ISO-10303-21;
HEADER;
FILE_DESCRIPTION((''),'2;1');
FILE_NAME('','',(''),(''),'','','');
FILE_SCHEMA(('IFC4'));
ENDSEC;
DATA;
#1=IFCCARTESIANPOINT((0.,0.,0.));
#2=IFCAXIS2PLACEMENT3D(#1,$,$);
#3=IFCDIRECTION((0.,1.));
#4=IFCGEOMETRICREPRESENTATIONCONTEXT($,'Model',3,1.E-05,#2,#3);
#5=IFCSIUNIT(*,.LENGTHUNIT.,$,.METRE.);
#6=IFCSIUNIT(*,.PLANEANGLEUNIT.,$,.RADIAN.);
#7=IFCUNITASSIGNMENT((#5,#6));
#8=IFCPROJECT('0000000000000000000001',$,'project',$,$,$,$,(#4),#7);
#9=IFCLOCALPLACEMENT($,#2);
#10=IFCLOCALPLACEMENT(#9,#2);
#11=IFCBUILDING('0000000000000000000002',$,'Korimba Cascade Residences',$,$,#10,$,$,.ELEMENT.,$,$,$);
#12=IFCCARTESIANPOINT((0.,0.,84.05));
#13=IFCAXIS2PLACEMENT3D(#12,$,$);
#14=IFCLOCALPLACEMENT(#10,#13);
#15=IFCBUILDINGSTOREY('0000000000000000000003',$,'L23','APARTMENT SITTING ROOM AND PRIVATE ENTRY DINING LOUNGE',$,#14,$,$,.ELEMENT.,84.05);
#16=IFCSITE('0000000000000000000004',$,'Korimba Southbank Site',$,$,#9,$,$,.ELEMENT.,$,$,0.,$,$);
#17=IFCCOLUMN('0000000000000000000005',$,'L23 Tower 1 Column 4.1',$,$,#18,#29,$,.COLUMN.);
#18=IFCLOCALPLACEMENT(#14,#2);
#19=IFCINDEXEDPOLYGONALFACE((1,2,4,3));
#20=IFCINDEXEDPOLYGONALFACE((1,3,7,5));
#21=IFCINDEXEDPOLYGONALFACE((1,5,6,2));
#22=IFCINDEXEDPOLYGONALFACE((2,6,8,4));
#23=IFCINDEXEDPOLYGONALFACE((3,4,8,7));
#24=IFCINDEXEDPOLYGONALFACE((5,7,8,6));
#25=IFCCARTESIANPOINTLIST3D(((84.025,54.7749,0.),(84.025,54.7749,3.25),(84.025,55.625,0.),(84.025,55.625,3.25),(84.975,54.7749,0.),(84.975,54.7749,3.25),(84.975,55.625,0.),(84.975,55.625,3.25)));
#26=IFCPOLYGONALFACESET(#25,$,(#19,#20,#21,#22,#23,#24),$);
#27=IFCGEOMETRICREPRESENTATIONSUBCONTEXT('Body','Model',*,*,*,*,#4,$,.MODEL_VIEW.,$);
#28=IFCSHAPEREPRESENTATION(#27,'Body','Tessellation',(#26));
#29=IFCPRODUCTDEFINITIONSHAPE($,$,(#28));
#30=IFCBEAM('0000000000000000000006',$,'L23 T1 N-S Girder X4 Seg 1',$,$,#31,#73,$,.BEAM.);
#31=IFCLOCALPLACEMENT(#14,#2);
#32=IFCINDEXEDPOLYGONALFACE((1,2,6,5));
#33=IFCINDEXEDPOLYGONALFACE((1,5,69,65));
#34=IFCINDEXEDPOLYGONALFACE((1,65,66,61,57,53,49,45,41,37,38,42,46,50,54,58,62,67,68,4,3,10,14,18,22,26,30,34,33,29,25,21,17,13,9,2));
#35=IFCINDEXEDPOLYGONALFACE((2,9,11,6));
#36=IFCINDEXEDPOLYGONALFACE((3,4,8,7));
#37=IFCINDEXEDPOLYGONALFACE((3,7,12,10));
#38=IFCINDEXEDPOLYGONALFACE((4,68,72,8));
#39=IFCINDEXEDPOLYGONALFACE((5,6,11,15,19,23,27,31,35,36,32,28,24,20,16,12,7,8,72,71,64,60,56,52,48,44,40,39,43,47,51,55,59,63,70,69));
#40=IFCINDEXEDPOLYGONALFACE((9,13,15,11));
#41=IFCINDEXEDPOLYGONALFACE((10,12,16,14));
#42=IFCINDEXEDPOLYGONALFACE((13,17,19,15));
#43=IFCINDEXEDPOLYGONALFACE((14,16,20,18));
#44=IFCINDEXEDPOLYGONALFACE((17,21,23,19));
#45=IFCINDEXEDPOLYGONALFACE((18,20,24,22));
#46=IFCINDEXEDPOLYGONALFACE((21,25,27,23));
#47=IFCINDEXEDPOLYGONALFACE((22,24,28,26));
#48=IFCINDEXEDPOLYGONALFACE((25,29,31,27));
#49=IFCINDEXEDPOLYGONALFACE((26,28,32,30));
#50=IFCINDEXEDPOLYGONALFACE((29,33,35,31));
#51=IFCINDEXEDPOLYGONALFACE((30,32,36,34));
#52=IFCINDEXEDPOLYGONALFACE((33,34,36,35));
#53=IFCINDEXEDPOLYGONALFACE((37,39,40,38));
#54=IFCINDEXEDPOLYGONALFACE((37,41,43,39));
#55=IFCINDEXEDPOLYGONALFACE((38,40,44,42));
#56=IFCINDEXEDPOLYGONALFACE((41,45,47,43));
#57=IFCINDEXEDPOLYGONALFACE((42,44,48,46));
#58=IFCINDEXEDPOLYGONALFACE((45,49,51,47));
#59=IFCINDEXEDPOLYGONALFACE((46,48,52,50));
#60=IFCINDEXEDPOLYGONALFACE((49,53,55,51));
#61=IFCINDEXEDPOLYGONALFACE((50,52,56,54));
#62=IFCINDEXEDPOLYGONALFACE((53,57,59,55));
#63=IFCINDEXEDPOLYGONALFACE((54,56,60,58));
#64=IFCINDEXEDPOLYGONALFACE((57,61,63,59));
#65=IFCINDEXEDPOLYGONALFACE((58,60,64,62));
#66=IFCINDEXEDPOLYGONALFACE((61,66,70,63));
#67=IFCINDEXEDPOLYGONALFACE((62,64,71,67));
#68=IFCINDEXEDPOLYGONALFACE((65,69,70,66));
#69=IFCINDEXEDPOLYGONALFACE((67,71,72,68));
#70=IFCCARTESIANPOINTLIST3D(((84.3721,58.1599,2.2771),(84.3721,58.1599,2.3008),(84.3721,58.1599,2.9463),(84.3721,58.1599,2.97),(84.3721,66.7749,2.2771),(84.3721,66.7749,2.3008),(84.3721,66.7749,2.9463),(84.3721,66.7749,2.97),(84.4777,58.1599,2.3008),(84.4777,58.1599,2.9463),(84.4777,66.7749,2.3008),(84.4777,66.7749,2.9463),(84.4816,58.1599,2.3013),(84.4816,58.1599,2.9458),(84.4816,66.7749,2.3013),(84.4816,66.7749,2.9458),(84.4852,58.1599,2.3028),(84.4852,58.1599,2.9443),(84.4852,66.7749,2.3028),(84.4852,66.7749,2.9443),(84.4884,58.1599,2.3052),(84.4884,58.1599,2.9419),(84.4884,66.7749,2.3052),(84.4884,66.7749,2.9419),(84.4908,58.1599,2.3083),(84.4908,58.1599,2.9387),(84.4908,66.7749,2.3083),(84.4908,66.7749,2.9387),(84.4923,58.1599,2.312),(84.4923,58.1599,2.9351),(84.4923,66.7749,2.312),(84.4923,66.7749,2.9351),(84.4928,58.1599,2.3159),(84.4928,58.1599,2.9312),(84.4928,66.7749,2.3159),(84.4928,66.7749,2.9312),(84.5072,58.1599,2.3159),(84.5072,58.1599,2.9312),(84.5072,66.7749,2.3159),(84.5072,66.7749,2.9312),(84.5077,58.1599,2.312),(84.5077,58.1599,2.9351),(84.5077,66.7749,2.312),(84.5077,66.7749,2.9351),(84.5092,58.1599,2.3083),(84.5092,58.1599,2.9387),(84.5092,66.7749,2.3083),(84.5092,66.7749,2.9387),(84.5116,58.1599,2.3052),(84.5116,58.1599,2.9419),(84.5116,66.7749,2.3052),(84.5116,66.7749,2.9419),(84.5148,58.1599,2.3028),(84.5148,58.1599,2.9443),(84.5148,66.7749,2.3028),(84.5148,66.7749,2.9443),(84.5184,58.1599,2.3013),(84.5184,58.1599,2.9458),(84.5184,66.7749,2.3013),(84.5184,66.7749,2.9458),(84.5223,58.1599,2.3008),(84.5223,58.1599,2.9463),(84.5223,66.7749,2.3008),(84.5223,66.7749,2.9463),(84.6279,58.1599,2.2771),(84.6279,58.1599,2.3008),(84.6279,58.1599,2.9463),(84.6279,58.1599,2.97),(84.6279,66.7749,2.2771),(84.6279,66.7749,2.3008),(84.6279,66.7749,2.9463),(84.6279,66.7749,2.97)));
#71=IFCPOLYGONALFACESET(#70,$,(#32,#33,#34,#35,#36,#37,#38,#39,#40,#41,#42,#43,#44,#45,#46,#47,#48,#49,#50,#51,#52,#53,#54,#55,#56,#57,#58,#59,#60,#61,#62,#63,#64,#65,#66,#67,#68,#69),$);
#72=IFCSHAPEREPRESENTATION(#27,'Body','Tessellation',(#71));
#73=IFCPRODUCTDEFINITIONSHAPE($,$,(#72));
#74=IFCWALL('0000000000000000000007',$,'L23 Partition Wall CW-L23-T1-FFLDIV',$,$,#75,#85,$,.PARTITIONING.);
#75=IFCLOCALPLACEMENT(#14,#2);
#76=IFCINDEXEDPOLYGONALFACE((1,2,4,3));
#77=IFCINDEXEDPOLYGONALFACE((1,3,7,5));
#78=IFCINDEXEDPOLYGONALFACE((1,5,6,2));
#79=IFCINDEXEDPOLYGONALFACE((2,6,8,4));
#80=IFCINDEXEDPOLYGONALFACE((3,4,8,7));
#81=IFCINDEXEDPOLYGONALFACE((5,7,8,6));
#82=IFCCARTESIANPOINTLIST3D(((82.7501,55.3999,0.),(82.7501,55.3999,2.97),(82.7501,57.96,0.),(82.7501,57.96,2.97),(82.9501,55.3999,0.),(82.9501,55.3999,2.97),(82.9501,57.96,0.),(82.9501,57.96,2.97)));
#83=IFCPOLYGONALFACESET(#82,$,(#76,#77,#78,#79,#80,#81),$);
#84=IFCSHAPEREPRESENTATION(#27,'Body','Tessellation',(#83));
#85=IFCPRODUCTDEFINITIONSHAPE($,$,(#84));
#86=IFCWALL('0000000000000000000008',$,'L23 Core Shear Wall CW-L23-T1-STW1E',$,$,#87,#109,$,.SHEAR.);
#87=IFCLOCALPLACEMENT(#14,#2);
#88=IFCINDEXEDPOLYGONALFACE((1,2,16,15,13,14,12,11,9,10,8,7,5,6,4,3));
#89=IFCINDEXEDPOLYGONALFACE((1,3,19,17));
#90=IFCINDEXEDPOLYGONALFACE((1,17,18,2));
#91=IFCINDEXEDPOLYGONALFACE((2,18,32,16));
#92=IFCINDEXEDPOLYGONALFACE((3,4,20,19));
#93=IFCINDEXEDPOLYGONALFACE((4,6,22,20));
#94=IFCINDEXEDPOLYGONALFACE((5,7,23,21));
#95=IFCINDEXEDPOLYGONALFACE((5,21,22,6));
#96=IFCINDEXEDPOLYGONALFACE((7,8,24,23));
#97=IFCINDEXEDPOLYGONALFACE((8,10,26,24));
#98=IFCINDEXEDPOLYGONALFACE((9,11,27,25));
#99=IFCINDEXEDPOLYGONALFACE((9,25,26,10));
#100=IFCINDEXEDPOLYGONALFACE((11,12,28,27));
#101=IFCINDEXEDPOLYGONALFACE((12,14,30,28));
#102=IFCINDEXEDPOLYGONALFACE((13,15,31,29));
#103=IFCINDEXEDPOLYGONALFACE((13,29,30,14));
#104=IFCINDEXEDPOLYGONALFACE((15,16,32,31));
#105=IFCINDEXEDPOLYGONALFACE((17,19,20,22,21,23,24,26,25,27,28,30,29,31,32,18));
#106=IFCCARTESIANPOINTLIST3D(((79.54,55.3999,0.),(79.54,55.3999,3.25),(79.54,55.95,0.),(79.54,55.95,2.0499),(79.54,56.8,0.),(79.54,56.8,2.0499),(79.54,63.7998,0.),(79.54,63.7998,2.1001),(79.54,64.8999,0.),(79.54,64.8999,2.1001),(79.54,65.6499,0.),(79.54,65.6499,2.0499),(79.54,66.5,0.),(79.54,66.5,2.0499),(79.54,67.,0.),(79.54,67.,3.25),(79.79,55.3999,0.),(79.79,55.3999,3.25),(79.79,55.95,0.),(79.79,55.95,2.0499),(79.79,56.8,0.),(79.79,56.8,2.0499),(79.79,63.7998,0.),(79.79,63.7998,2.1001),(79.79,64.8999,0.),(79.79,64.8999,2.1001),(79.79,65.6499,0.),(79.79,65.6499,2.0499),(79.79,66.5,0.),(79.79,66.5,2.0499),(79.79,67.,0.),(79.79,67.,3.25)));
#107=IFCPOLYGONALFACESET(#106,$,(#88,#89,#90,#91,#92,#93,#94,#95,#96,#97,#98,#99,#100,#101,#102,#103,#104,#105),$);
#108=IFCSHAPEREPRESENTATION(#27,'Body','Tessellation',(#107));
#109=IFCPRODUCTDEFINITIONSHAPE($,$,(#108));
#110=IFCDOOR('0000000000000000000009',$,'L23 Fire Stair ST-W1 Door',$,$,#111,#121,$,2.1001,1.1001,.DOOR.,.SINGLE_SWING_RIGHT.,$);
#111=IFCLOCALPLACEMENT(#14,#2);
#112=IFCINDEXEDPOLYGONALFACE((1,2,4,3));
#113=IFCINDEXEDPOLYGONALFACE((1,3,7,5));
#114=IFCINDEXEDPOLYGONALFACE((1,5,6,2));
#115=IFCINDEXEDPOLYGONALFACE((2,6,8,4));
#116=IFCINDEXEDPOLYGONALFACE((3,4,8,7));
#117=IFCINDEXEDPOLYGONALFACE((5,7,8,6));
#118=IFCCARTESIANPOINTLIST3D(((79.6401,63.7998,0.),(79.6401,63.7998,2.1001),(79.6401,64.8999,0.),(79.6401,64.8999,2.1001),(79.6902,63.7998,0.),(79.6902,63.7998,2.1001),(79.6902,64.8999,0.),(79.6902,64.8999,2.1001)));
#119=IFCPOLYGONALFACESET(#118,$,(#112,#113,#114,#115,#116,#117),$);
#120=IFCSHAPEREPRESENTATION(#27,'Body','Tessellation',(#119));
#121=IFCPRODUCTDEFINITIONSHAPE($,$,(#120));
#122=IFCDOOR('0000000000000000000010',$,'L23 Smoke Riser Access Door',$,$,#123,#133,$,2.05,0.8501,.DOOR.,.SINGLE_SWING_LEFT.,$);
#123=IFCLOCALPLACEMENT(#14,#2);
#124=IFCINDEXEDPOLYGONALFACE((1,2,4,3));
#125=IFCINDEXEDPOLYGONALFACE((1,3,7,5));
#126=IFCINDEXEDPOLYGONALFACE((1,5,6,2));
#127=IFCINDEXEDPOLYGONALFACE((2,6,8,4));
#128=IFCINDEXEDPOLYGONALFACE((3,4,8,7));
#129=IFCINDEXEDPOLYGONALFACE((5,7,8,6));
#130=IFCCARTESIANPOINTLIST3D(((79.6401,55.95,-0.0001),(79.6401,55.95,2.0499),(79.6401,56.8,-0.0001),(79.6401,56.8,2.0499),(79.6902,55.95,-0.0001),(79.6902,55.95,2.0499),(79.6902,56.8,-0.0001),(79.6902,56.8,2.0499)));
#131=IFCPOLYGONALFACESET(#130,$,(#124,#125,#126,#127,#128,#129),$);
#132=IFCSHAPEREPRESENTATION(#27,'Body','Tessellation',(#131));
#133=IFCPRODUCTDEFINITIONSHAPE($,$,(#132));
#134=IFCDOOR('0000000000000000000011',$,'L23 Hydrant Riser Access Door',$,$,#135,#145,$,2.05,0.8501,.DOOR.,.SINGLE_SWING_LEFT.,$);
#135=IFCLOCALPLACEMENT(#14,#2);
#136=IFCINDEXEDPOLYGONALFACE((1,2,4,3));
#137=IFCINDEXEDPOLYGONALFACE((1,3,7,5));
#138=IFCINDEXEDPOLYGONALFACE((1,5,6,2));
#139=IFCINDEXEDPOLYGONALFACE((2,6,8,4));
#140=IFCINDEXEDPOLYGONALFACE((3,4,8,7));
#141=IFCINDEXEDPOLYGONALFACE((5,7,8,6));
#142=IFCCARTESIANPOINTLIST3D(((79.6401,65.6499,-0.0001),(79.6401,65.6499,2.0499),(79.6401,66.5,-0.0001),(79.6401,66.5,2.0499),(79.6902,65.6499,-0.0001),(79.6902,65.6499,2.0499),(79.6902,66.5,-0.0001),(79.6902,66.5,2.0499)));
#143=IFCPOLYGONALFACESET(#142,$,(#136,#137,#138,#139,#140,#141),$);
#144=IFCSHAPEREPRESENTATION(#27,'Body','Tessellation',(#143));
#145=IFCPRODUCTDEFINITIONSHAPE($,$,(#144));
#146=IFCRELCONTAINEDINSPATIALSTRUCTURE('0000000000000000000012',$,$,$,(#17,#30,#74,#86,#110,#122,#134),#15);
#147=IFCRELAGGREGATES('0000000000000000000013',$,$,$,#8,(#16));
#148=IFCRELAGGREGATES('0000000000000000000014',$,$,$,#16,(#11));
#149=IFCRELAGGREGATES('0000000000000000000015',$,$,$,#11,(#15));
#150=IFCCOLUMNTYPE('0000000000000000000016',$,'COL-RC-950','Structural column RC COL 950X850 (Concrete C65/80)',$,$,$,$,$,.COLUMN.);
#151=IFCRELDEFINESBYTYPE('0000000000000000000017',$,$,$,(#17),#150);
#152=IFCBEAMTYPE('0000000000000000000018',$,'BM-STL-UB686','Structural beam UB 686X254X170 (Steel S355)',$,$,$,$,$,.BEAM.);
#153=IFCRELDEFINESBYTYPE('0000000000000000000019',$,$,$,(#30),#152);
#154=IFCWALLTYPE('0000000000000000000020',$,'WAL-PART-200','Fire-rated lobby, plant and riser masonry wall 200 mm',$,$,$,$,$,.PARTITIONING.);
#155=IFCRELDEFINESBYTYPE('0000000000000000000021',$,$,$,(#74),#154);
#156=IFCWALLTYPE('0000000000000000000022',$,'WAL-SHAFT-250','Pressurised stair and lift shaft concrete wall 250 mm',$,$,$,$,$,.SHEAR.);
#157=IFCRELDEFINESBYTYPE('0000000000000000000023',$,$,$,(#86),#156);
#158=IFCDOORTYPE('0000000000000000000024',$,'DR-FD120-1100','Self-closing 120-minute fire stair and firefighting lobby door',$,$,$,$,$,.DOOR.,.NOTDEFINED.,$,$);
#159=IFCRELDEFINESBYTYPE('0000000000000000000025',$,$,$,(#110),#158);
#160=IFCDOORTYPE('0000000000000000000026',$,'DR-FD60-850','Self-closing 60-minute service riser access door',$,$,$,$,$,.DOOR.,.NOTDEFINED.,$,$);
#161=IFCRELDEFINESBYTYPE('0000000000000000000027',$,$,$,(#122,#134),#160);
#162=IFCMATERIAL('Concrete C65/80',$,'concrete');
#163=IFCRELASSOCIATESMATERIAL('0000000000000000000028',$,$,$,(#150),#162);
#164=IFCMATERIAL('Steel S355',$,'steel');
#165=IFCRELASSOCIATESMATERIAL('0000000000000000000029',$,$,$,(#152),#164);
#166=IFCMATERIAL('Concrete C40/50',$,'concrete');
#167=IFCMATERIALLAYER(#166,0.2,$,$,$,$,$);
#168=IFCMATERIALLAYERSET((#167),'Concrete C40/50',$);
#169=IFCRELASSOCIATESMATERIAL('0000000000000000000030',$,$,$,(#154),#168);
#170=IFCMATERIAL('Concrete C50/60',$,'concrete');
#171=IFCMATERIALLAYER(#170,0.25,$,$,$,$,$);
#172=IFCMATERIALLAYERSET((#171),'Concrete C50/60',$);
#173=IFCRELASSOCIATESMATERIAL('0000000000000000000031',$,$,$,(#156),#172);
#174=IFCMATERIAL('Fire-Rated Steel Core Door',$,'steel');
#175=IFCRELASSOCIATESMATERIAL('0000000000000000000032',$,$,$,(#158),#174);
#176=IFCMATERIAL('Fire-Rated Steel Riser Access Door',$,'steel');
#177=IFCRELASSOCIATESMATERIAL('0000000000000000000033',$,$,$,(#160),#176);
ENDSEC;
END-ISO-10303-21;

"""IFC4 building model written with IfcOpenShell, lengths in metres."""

from ifc_helpers import new_model, si_unit, direction, frame, frame_2d, origin, origin_2d, place, context, subcontext, project, spatial, rectangle, i_section, extrude, material, layer, layer_set, material_profile, profile_set, type_object, element, fill, save


model = new_model("IFC4")

# Units and contexts
model_context = context("Model", 3, precision=1e-05, world=origin(), true_north=direction((0.0, 1.0)))
body_context = subcontext(model_context, "Body", "Model", "MODEL_VIEW")
ifc_project = project(units=[si_unit("LENGTHUNIT", "METRE"), si_unit("PLANEANGLEUNIT", "RADIAN")], contexts=[model_context])

# Site, building, storey
site_placement = place(None, origin())
site = spatial("IfcSite", under=ifc_project, at=site_placement, Name="Korimba Southbank Site", CompositionType="ELEMENT", RefElevation=0.0)
building_placement = place(site_placement, origin())
building = spatial("IfcBuilding", under=site, at=building_placement, Name="Korimba Cascade Residences", CompositionType="ELEMENT")
storey_placement = place(building_placement, frame((0.0, 0.0, 84.05)))
storey = spatial("IfcBuildingStorey", under=building, at=storey_placement, Name="L23", Description="APARTMENT SITTING ROOM AND PRIVATE ENTRY DINING LOUNGE", CompositionType="ELEMENT", Elevation=84.05)

# Column
ifc_material_1 = material(Name="Concrete C65/80", Category="concrete")
ifc_material_profile_1 = material_profile(ifc_material_1, rectangle(XDim=0.95, YDim=0.8501, at=origin_2d()), Name="Concrete C65/80")
ifc_profile_set_1 = profile_set([ifc_material_profile_1], Name="Concrete C65/80")
column_type = type_object("IfcColumnType", Name="COL-RC-950", Description="Structural column RC COL 950X850 (Concrete C65/80)", PredefinedType="COLUMN", material=ifc_profile_set_1)
column_placement = place(storey_placement, frame((84.5, 55.2, 0.0), z_axis=(0.0, 0.0, 1.0), x_axis=(1.0, 0.0, 0.0)))
element("IfcColumn", 1, at=column_placement, inside=storey, type_object=column_type, Name="L23 Tower 1 Column 4.1", PredefinedType="COLUMN", context=body_context, shape_type="SweptSolid", body=[
    extrude(rectangle(XDim=0.95, YDim=0.8501, at=origin_2d()), origin(), (0.0, 0.0, 1.0), 3.25),
])

# Beam
ifc_material_2 = material(Name="Steel S355", Category="steel")
ifc_material_profile_2 = material_profile(ifc_material_2, i_section(OverallWidth=0.2559, OverallDepth=0.6929, WebThickness=0.0144, FlangeThickness=0.0237, FilletRadius=0.0151, at=origin_2d()), Name="Steel S355")
ifc_profile_set_2 = profile_set([ifc_material_profile_2], Name="Steel S355")
beam_type = type_object("IfcBeamType", Name="BM-STL-UB686", Description="Structural beam UB 686X254X170 (Steel S355)", PredefinedType="BEAM", material=ifc_profile_set_2)
beam_placement = place(storey_placement, frame((84.5, 58.1599, 2.6235), z_axis=(0.0, 1.0, 0.0), x_axis=(-1.0, 0.0, 0.0)))
element("IfcBeam", 2, at=beam_placement, inside=storey, type_object=beam_type, Name="L23 T1 N-S Girder X4 Seg 1", PredefinedType="BEAM", context=body_context, shape_type="SweptSolid", body=[
    extrude(i_section(OverallWidth=0.2559, OverallDepth=0.6929, WebThickness=0.0144, FlangeThickness=0.0237, FilletRadius=0.0151, at=origin_2d()), origin(), (0.0, 0.0, 1.0), 8.615),
])

# Wall
ifc_material_3 = material(Name="Concrete C40/50", Category="concrete")
ifc_layer_1 = layer(ifc_material_3, 0.2)
ifc_layer_set_1 = layer_set([ifc_layer_1], Name="Concrete C40/50")
wall_type_1 = type_object("IfcWallType", Name="WAL-PART-200", Description="Fire-rated lobby, plant and riser masonry wall 200 mm", PredefinedType="PARTITIONING", material=ifc_layer_set_1)
wall_1_placement = place(storey_placement, frame((82.8501, 55.3999, 0.0), z_axis=(0.0, 0.0, 1.0), x_axis=(0.0, 1.0, 0.0)))
element("IfcWall", 3, at=wall_1_placement, inside=storey, type_object=wall_type_1, Name="L23 Partition Wall CW-L23-T1-FFLDIV", PredefinedType="PARTITIONING", context=body_context, shape_type="SweptSolid", body=[
    extrude(rectangle(XDim=2.5601, YDim=0.2, at=frame_2d((1.28, 0.0))), origin(), (0.0, 0.0, 1.0), 2.97),
])

# Wall, openings, doors
ifc_material_4 = material(Name="Concrete C50/60", Category="concrete")
ifc_layer_2 = layer(ifc_material_4, 0.25)
ifc_layer_set_2 = layer_set([ifc_layer_2], Name="Concrete C50/60")
wall_type_2 = type_object("IfcWallType", Name="WAL-SHAFT-250", Description="Pressurised stair and lift shaft concrete wall 250 mm", PredefinedType="SHEAR", material=ifc_layer_set_2)
wall_2_placement = place(storey_placement, frame((79.665, 55.3999, 0.0), z_axis=(0.0, 0.0, 1.0), x_axis=(0.0, 1.0, 0.0)))
wall_2 = element("IfcWall", 4, at=wall_2_placement, inside=storey, type_object=wall_type_2, Name="L23 Core Shear Wall CW-L23-T1-STW1E", PredefinedType="SHEAR", context=body_context, shape_type="SweptSolid", body=[
    extrude(rectangle(XDim=11.6001, YDim=0.25, at=frame_2d((5.8, 0.0))), origin(), (0.0, 0.0, 1.0), 3.25),
])
opening_1_placement = place(wall_2_placement, frame((0.55, 0.0, 0.0)))
opening_1 = element("IfcOpeningElement", 5, at=opening_1_placement, cuts=wall_2, PredefinedType="OPENING", context=body_context, shape_type="SweptSolid", body=[
    extrude(rectangle(XDim=0.8501, YDim=2.05, at=frame_2d((0.425, 1.0249))), frame((0.0, 0.135, 0.0), z_axis=(0.0, -1.0, 0.0), x_axis=(1.0, 0.0, 0.0)), (0.0, 0.0, 1.0), 0.27),
])
opening_2_placement = place(wall_2_placement, frame((8.3999, 0.0, 0.0)))
opening_2 = element("IfcOpeningElement", 6, at=opening_2_placement, cuts=wall_2, PredefinedType="OPENING", context=body_context, shape_type="SweptSolid", body=[
    extrude(rectangle(XDim=1.1001, YDim=2.1001, at=frame_2d((0.55, 1.05))), frame((0.0, 0.135, 0.0), z_axis=(0.0, -1.0, 0.0), x_axis=(1.0, 0.0, 0.0)), (0.0, 0.0, 1.0), 0.27),
])
opening_3_placement = place(wall_2_placement, frame((10.25, 0.0, 0.0)))
opening_3 = element("IfcOpeningElement", 7, at=opening_3_placement, cuts=wall_2, PredefinedType="OPENING", context=body_context, shape_type="SweptSolid", body=[
    extrude(rectangle(XDim=0.8501, YDim=2.05, at=frame_2d((0.425, 1.0249))), frame((0.0, 0.135, 0.0), z_axis=(0.0, -1.0, 0.0), x_axis=(1.0, 0.0, 0.0)), (0.0, 0.0, 1.0), 0.27),
])
ifc_material_5 = material(Name="Fire-Rated Steel Core Door", Category="steel")
door_type_1 = type_object("IfcDoorType", Name="DR-FD120-1100", Description="Self-closing 120-minute fire stair and firefighting lobby door", OperationType="NOTDEFINED", PredefinedType="DOOR", material=ifc_material_5)
door_1_placement = place(opening_2_placement, origin())
door_1 = element("IfcDoor", 8, at=door_1_placement, inside=storey, type_object=door_type_1, Name="L23 Fire Stair ST-W1 Door", OperationType="SINGLE_SWING_RIGHT", OverallHeight=2.1001, OverallWidth=1.1001, PredefinedType="DOOR", context=body_context, shape_type="SweptSolid", body=[
    extrude(rectangle(XDim=1.1001, YDim=2.1001, at=frame_2d((0.55, 1.05))), frame((0.0, 0.0249, 0.0), z_axis=(0.0, -1.0, 0.0), x_axis=(1.0, 0.0, 0.0)), (0.0, 0.0, 1.0), 0.05),
])
fill(opening_2, door_1)
ifc_material_6 = material(Name="Fire-Rated Steel Riser Access Door", Category="steel")
door_type_2 = type_object("IfcDoorType", Name="DR-FD60-850", Description="Self-closing 60-minute service riser access door", OperationType="NOTDEFINED", PredefinedType="DOOR", material=ifc_material_6)
door_2_placement = place(opening_1_placement, origin())
door_2 = element("IfcDoor", 9, at=door_2_placement, inside=storey, type_object=door_type_2, Name="L23 Smoke Riser Access Door", OperationType="SINGLE_SWING_LEFT", OverallHeight=2.05, OverallWidth=0.8501, PredefinedType="DOOR", context=body_context, shape_type="SweptSolid", body=[
    extrude(rectangle(XDim=0.8501, YDim=2.05, at=frame_2d((0.425, 1.0249))), frame((0.0, 0.0249, 0.0), z_axis=(0.0, -1.0, 0.0), x_axis=(1.0, 0.0, 0.0)), (0.0, 0.0, 1.0), 0.05),
])
fill(opening_1, door_2)
door_3_placement = place(opening_3_placement, origin())
door_3 = element("IfcDoor", 10, at=door_3_placement, inside=storey, type_object=door_type_2, Name="L23 Hydrant Riser Access Door", OperationType="SINGLE_SWING_LEFT", OverallHeight=2.05, OverallWidth=0.8501, PredefinedType="DOOR", context=body_context, shape_type="SweptSolid", body=[
    extrude(rectangle(XDim=0.8501, YDim=2.05, at=frame_2d((0.425, 1.0249))), frame((0.0, 0.0249, 0.0), z_axis=(0.0, -1.0, 0.0), x_axis=(1.0, 0.0, 0.0)), (0.0, 0.0, 1.0), 0.05),
])
fill(opening_3, door_3)

save(model, "model.ifc")
